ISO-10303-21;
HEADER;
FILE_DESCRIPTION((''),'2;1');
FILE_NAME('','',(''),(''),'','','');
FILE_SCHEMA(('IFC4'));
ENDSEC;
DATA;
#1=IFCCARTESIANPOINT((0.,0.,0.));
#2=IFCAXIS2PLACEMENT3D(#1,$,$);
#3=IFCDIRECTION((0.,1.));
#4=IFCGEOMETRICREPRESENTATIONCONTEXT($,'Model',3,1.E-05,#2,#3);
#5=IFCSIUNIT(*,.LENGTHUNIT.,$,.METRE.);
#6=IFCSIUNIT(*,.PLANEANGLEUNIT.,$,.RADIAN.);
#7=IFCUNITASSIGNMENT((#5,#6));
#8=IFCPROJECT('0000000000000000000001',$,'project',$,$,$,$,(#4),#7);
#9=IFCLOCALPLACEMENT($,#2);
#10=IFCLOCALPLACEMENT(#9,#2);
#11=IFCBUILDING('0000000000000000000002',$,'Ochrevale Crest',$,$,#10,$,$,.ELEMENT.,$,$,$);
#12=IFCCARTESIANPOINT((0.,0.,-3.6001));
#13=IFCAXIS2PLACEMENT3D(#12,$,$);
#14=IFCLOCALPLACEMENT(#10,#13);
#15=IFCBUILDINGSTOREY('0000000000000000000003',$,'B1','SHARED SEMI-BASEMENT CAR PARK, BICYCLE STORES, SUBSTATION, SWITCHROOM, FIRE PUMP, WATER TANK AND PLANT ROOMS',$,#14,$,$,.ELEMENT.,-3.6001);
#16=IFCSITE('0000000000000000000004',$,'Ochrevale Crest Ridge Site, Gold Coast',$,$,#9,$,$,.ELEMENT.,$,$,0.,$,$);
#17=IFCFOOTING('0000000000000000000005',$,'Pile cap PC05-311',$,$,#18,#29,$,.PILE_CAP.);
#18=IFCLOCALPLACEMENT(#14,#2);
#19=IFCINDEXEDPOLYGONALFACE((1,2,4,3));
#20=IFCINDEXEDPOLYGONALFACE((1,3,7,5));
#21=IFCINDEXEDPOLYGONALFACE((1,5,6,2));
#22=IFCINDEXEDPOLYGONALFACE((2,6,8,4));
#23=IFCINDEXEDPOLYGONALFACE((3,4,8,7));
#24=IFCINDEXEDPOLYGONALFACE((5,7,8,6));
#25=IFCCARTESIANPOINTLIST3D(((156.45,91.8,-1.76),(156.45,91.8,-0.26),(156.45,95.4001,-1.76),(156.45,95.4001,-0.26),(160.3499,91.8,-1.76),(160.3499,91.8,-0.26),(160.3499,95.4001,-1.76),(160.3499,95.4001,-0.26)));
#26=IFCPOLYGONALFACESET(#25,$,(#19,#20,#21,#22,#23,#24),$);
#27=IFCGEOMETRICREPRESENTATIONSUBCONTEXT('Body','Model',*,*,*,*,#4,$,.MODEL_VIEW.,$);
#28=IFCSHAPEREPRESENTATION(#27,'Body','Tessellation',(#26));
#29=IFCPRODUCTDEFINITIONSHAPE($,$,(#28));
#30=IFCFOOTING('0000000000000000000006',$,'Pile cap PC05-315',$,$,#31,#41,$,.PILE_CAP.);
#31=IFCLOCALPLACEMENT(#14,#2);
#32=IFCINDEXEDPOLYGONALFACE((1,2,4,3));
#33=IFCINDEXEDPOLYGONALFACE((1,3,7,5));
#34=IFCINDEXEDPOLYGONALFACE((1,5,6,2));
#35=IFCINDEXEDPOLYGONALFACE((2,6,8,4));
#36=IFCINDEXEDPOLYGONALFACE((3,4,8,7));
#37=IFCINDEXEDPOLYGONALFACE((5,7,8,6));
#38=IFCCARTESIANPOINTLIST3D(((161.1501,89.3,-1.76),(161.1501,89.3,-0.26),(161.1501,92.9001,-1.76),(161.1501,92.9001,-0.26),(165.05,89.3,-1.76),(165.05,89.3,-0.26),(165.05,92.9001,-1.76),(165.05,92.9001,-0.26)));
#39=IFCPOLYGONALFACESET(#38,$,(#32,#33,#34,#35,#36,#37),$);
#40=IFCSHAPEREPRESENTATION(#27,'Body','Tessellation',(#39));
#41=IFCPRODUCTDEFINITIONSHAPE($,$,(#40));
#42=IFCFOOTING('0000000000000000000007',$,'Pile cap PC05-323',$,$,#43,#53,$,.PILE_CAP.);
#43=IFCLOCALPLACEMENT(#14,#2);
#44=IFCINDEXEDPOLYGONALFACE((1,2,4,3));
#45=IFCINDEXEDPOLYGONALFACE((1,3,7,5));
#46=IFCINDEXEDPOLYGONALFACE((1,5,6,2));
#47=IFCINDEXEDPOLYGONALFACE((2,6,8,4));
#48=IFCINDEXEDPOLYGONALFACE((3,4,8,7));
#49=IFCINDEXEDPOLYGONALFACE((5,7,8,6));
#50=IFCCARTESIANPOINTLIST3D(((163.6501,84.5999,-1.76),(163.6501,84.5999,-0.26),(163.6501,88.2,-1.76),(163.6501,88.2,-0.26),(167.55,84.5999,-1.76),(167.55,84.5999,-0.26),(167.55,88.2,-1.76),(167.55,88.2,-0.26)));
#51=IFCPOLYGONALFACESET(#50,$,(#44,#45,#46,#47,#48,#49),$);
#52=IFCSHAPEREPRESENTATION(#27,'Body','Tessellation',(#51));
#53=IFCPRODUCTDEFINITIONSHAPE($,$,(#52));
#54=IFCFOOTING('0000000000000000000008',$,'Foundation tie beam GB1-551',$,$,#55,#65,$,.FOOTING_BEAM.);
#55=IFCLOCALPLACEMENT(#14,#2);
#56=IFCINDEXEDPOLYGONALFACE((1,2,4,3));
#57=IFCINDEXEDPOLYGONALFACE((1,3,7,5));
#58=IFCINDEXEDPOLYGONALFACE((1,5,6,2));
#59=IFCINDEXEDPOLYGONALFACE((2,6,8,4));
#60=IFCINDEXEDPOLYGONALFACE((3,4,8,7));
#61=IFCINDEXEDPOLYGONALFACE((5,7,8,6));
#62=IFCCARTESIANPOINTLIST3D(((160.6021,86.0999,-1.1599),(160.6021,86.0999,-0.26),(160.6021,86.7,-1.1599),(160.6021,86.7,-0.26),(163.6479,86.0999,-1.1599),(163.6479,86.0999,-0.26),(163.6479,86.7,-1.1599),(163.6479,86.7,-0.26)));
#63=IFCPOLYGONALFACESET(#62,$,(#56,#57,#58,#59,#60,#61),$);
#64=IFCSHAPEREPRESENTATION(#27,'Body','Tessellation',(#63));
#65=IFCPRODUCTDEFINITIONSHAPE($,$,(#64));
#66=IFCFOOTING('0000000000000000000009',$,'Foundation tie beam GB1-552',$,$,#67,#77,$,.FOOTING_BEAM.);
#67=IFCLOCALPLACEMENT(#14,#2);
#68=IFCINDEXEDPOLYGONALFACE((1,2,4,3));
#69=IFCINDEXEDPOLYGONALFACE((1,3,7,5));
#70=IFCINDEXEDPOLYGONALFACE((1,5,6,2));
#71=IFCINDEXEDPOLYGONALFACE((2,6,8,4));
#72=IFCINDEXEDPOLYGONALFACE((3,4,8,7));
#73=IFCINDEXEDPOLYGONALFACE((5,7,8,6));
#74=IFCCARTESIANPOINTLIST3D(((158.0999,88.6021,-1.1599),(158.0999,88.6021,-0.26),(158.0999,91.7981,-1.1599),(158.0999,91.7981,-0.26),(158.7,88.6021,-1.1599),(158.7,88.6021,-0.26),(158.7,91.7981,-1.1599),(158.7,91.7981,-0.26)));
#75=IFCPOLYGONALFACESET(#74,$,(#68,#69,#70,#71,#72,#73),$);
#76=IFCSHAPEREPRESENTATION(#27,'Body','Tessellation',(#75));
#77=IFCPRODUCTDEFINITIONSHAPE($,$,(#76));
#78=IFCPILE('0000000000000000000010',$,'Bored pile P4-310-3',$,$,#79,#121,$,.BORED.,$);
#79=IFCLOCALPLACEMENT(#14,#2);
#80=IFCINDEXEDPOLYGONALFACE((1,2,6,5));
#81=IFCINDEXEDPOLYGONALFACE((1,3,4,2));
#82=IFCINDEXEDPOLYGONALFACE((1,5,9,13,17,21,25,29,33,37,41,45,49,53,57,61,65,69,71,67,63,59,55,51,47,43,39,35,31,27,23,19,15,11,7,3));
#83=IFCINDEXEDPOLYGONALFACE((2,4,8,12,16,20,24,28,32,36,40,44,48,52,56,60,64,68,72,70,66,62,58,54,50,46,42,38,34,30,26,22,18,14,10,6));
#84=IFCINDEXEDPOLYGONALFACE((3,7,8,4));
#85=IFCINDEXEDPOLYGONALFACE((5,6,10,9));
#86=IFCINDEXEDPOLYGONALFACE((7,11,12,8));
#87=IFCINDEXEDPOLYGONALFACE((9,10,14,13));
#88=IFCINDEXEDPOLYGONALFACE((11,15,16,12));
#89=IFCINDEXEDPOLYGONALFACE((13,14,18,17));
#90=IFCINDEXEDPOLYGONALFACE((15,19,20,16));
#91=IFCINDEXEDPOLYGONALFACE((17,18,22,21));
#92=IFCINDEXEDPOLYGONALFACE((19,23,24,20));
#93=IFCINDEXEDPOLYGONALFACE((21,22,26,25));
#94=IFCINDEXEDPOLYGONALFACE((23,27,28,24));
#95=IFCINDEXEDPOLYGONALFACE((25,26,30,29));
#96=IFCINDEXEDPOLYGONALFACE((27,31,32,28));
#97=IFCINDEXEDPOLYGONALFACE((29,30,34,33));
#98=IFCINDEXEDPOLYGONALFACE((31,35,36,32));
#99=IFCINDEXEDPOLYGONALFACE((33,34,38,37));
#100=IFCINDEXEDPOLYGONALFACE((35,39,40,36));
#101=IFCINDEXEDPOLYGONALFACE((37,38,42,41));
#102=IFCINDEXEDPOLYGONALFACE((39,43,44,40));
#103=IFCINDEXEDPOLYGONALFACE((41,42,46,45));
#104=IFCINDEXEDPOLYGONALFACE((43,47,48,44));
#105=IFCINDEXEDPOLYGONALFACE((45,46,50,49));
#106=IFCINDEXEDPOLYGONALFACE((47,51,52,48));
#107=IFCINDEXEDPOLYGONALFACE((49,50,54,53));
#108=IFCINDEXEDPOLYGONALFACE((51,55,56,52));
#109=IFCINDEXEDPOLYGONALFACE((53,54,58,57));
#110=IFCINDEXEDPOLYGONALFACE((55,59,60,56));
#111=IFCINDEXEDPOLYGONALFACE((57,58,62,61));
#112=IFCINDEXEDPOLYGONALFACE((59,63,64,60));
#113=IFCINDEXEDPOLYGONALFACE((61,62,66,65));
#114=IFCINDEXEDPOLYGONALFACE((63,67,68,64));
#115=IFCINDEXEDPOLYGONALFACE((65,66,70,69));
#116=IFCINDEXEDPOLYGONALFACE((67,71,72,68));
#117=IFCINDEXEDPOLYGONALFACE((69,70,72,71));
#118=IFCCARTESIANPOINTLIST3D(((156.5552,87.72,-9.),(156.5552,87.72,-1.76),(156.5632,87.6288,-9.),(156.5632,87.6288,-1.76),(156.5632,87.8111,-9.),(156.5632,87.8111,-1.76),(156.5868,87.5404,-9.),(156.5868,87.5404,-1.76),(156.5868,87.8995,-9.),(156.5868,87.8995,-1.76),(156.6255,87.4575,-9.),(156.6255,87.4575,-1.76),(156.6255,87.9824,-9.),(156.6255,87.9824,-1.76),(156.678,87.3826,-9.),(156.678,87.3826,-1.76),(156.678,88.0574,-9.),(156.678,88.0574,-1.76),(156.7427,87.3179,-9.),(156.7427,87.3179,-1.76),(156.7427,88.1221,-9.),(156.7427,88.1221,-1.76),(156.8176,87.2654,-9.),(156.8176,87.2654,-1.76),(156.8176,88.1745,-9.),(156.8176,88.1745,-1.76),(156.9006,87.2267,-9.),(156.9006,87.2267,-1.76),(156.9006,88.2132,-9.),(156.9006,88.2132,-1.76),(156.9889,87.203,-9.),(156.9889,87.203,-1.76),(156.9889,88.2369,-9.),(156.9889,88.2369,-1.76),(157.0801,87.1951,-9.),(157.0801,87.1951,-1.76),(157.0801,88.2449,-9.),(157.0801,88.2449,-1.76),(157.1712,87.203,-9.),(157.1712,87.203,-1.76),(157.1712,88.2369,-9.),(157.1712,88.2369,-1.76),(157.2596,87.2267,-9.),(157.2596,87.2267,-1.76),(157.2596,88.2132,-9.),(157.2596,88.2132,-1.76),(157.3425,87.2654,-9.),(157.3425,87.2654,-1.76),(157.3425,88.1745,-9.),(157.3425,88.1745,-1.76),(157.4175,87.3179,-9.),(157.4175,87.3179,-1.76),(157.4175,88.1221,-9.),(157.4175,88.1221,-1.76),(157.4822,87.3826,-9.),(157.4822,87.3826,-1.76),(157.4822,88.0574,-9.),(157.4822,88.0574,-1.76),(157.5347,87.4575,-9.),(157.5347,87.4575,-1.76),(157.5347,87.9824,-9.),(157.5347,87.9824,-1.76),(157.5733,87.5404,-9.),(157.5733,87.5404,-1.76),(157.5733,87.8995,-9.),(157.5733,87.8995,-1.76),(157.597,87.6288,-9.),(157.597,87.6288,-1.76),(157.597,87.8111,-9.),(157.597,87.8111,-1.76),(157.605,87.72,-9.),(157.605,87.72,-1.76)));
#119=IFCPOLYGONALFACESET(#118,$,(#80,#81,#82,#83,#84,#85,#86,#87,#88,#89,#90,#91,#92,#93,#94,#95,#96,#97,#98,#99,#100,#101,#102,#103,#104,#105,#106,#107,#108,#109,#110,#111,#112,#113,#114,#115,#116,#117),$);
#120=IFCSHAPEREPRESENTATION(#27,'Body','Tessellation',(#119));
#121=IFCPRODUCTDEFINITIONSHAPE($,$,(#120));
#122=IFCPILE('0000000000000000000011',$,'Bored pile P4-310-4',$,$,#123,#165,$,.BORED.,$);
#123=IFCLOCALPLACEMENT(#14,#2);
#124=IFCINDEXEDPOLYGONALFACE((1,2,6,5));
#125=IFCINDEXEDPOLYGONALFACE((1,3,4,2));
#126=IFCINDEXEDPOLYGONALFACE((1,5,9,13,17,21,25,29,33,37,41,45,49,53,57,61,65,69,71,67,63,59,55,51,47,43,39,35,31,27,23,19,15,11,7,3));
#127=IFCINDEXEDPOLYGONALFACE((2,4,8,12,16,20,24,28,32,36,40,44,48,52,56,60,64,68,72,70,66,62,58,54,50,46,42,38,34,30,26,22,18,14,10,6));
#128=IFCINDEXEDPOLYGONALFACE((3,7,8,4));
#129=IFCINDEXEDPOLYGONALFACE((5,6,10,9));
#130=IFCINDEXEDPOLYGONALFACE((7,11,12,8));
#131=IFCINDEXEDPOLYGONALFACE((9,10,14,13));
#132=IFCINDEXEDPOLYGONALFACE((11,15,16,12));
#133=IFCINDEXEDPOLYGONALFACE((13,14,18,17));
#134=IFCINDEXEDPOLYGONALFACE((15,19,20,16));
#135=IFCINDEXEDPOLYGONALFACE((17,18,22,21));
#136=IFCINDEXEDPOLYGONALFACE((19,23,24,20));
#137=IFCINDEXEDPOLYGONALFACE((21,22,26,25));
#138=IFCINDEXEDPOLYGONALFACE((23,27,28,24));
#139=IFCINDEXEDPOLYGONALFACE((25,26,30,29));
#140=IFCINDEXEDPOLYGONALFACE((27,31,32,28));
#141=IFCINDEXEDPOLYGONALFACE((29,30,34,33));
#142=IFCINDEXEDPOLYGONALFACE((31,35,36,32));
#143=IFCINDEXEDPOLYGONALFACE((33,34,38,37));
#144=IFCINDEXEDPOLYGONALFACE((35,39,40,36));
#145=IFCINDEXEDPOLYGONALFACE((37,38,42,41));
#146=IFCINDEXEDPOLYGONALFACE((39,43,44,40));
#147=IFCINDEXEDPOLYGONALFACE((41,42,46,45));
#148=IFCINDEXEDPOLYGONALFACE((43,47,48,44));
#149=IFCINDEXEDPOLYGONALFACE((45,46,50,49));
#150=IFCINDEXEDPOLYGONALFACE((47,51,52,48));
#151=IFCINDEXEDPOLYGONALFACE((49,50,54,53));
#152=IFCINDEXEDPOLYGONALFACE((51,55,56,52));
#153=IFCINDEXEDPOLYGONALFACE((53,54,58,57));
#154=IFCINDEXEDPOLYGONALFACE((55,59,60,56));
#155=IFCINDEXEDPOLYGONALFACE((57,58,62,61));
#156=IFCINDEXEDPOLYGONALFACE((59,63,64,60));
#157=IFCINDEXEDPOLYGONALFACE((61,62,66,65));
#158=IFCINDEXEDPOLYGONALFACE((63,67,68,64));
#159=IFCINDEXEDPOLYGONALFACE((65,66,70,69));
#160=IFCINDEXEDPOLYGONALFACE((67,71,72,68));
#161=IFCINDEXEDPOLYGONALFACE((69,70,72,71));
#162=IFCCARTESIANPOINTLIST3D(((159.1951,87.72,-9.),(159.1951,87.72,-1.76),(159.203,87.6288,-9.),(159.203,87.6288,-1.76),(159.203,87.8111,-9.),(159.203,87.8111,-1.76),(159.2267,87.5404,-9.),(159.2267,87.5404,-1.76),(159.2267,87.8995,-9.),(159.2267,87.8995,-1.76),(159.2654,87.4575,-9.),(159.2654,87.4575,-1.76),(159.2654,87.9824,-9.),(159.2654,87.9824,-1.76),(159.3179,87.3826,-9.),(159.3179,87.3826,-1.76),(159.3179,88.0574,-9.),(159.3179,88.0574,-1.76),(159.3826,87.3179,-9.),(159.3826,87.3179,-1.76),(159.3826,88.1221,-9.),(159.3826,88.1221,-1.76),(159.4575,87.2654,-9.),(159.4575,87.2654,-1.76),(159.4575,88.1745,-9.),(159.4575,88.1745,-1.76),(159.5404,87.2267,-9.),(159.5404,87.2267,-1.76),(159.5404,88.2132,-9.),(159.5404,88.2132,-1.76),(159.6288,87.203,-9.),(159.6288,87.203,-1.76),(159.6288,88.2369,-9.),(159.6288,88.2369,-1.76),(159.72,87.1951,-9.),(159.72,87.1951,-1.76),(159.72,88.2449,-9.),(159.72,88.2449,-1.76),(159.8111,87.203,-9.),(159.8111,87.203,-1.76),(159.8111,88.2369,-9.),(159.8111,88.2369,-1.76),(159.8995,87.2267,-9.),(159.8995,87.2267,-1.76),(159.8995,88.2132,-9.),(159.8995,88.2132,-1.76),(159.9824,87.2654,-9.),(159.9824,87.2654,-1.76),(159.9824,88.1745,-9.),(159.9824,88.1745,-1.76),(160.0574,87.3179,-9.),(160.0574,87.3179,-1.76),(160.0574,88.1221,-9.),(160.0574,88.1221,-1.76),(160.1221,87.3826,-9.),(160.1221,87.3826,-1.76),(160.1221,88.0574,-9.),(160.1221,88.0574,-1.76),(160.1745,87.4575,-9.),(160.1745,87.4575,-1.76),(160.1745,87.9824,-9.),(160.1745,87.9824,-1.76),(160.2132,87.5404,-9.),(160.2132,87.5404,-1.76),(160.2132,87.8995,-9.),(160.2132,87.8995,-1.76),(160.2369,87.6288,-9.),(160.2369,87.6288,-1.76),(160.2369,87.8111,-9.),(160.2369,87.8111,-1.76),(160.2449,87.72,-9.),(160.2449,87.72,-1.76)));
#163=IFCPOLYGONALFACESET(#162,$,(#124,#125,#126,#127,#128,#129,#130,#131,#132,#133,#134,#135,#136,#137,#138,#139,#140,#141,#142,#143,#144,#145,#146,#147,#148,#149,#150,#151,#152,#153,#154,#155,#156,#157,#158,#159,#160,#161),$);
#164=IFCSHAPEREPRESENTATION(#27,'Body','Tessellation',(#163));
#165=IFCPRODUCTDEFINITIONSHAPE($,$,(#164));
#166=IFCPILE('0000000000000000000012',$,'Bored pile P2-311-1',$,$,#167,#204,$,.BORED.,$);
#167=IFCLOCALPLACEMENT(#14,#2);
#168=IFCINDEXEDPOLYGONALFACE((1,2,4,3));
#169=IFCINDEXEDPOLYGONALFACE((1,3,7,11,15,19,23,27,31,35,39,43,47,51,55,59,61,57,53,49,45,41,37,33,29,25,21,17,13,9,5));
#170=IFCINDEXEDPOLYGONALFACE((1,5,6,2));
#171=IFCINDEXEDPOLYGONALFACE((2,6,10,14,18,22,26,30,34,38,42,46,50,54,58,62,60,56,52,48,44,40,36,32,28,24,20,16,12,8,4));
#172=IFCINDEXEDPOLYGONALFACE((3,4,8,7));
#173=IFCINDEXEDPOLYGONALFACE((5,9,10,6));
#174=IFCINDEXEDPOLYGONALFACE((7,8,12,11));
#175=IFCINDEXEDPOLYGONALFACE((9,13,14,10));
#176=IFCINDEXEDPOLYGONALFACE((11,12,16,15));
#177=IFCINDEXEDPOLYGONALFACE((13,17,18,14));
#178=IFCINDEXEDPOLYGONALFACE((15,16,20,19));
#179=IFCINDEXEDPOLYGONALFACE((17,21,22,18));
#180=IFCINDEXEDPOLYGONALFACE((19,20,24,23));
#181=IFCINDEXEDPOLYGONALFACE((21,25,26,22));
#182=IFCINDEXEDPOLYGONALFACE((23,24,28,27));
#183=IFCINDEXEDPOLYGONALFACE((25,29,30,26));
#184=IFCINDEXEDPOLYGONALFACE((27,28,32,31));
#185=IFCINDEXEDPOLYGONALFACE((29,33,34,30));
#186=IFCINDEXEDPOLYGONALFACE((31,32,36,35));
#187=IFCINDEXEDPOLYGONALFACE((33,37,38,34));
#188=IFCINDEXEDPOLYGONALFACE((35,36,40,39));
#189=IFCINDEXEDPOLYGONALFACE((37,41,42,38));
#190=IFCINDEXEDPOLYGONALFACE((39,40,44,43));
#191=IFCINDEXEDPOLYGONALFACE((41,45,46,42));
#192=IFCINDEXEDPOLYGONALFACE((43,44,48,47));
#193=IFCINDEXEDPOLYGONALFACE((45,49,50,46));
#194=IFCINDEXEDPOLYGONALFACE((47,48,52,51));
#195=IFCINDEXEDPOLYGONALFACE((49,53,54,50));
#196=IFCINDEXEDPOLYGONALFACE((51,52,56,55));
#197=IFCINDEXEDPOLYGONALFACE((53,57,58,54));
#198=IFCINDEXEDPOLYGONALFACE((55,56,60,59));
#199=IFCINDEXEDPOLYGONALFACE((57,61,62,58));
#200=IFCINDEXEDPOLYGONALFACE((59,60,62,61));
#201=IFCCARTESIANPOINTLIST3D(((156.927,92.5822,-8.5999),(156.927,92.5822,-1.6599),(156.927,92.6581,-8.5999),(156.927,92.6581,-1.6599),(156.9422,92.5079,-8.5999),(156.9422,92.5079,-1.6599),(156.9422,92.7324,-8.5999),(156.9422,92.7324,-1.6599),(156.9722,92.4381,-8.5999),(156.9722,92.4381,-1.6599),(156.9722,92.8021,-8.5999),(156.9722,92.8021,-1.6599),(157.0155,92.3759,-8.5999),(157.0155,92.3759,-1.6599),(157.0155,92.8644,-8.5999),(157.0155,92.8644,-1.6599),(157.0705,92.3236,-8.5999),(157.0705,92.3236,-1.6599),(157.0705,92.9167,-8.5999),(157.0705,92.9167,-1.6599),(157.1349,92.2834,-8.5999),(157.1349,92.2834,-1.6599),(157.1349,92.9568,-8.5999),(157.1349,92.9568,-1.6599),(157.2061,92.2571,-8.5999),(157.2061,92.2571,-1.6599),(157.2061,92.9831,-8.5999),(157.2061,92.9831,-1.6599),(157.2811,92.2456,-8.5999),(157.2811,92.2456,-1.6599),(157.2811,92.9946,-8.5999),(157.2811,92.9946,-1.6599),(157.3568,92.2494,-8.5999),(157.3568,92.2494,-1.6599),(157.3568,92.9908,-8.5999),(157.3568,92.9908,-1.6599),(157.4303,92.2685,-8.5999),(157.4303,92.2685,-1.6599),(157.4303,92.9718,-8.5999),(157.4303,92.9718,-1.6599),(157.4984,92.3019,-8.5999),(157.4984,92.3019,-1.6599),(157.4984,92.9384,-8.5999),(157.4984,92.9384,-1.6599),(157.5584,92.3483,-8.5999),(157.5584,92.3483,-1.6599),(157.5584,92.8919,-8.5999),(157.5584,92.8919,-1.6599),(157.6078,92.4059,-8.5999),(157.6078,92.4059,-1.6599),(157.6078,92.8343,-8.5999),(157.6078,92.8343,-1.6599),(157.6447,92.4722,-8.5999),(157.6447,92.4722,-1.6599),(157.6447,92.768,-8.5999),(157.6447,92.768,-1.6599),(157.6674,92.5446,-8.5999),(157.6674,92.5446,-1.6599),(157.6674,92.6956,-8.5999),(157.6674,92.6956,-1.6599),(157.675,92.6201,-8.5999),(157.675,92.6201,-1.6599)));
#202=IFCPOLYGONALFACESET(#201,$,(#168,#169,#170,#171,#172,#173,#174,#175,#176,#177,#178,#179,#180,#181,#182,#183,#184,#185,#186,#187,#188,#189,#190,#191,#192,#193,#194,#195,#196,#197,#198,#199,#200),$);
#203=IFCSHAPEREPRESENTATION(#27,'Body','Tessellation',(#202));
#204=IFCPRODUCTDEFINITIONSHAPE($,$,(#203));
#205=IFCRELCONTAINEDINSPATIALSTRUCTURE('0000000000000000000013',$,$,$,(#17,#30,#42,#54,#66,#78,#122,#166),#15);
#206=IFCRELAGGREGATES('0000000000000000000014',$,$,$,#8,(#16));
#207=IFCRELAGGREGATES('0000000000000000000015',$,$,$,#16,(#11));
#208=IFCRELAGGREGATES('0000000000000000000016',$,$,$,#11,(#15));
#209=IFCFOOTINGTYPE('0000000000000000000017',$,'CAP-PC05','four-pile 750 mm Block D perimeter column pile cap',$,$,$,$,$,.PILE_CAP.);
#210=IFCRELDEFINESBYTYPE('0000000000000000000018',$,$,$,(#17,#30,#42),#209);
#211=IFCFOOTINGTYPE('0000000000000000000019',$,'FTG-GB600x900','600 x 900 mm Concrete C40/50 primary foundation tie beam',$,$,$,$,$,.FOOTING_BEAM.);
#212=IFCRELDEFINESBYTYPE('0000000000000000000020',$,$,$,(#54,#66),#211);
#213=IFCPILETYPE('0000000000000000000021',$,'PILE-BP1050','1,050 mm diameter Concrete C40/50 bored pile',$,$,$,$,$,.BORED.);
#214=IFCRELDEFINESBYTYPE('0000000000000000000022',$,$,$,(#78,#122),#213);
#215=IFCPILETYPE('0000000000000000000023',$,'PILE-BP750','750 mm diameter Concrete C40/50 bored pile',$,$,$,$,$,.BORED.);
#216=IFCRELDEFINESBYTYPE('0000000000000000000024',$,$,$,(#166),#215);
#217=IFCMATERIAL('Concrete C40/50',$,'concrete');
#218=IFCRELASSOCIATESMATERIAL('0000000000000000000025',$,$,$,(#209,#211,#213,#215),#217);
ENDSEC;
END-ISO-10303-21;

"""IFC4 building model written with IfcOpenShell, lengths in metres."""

from ifc_helpers import new_model, si_unit, direction, frame, origin, origin_2d, place, context, subcontext, project, spatial, rectangle, circle, extrude, material, material_profile, profile_set, type_object, element, save


model = new_model("IFC4")

# Units and contexts
model_context = context("Model", 3, precision=1e-05, world=origin(), true_north=direction((0.0, 1.0)))
body_context = subcontext(model_context, "Body", "Model", "MODEL_VIEW")
ifc_project = project(units=[si_unit("LENGTHUNIT", "METRE"), si_unit("PLANEANGLEUNIT", "RADIAN")], contexts=[model_context])

# Site, building, storey
site_placement = place(None, origin())
site = spatial("IfcSite", under=ifc_project, at=site_placement, Name="Ochrevale Crest Ridge Site, Gold Coast", CompositionType="ELEMENT", RefElevation=0.0)
building_placement = place(site_placement, origin())
building = spatial("IfcBuilding", under=site, at=building_placement, Name="Ochrevale Crest", CompositionType="ELEMENT")
storey_placement = place(building_placement, frame((0.0, 0.0, -3.6001)))
storey = spatial("IfcBuildingStorey", under=building, at=storey_placement, Name="B1", Description="SHARED SEMI-BASEMENT CAR PARK, BICYCLE STORES, SUBSTATION, SWITCHROOM, FIRE PUMP, WATER TANK AND PLANT ROOMS", CompositionType="ELEMENT", Elevation=-3.6001)

# Footings
ifc_material_1 = material(Name="Concrete C40/50", Category="concrete")
footing_type_1 = type_object("IfcFootingType", Name="CAP-PC05", Description="four-pile 750 mm Block D perimeter column pile cap", PredefinedType="PILE_CAP", material=ifc_material_1)
for number, where, z_axis, x_axis, name in (
    (1, (158.3999, 93.6001, -1.76), (0.0, 0.0, 1.0), (1.0, 0.0, 0.0), "Pile cap PC05-311"),
    (2, (163.1001, 91.1001, -1.76), (0.0, 0.0, 1.0), (1.0, 0.0, 0.0), "Pile cap PC05-315"),
    (3, (165.6001, 86.3999, -1.76), (0.0, 0.0, 1.0), (1.0, 0.0, 0.0), "Pile cap PC05-323"),
):
    element("IfcFooting", number, at=place(storey_placement, frame(where, z_axis=z_axis, x_axis=x_axis)), inside=storey, type_object=footing_type_1, Name=name, PredefinedType="PILE_CAP", context=body_context, shape_type="SweptSolid", body=[
        extrude(rectangle(XDim=3.8999, YDim=3.6001, at=origin_2d()), origin(), (0.0, 0.0, 1.0), 1.5),
    ])
ifc_material_profile_1 = material_profile(ifc_material_1, rectangle(XDim=0.6001, YDim=0.8999, at=origin_2d()), Name="GB 600x900")
ifc_profile_set_1 = profile_set([ifc_material_profile_1], Name="Concrete C40/50")
footing_type_2 = type_object("IfcFootingType", Name="FTG-GB600x900", Description="600 x 900 mm Concrete C40/50 primary foundation tie beam", PredefinedType="FOOTING_BEAM", material=ifc_profile_set_1)
footing_1_placement = place(storey_placement, frame((160.6021, 86.3999, -0.71), z_axis=(1.0, 0.0, 0.0), x_axis=(0.0, 1.0, 0.0)))
element("IfcFooting", 4, at=footing_1_placement, inside=storey, type_object=footing_type_2, Name="Foundation tie beam GB1-551", PredefinedType="FOOTING_BEAM", context=body_context, shape_type="SweptSolid", body=[
    extrude(rectangle(XDim=0.6001, YDim=0.8999, at=origin_2d()), origin(), (0.0, 0.0, 1.0), 3.0459),
])
footing_2_placement = place(storey_placement, frame((158.3999, 88.6021, -0.71), z_axis=(0.0, 1.0, 0.0), x_axis=(-1.0, 0.0, 0.0)))
element("IfcFooting", 5, at=footing_2_placement, inside=storey, type_object=footing_type_2, Name="Foundation tie beam GB1-552", PredefinedType="FOOTING_BEAM", context=body_context, shape_type="SweptSolid", body=[
    extrude(rectangle(XDim=0.6001, YDim=0.8999, at=origin_2d()), origin(), (0.0, 0.0, 1.0), 3.196),
])

# Piles
ifc_material_profile_2 = material_profile(ifc_material_1, circle(Radius=0.5249, at=origin_2d()), Name="BORED PILE 1050")
ifc_profile_set_2 = profile_set([ifc_material_profile_2], Name="Concrete C40/50")
pile_type_1 = type_object("IfcPileType", Name="PILE-BP1050", Description="1,050 mm diameter Concrete C40/50 bored pile", PredefinedType="BORED", material=ifc_profile_set_2)
for number, where, z_axis, x_axis, name in (
    (6, (157.0801, 87.72, -1.76), (0.0, 0.0, -1.0), (1.0, 0.0, 0.0), "Bored pile P4-310-3"),
    (7, (159.72, 87.72, -1.76), (0.0, 0.0, -1.0), (1.0, 0.0, 0.0), "Bored pile P4-310-4"),
):
    element("IfcPile", number, at=place(storey_placement, frame(where, z_axis=z_axis, x_axis=x_axis)), inside=storey, type_object=pile_type_1, Name=name, PredefinedType="BORED", context=body_context, shape_type="SweptSolid", body=[
        extrude(circle(Radius=0.5249, at=origin_2d()), origin(), (0.0, 0.0, 1.0), 7.24),
    ])
ifc_material_profile_3 = material_profile(ifc_material_1, circle(Radius=0.375, at=origin_2d()), Name="BORED PILE 750")
ifc_profile_set_3 = profile_set([ifc_material_profile_3], Name="Concrete C40/50")
pile_type_2 = type_object("IfcPileType", Name="PILE-BP750", Description="750 mm diameter Concrete C40/50 bored pile", PredefinedType="BORED", material=ifc_profile_set_3)
for number, where, z_axis, x_axis, name in (
    (8, (157.3, 92.6201, -1.6599), (0.0, 0.0, -1.0), (1.0, 0.0, 0.0), "Bored pile P2-311-1"),
):
    element("IfcPile", number, at=place(storey_placement, frame(where, z_axis=z_axis, x_axis=x_axis)), inside=storey, type_object=pile_type_2, Name=name, PredefinedType="BORED", context=body_context, shape_type="SweptSolid", body=[
        extrude(circle(Radius=0.375, at=origin_2d()), origin(), (0.0, 0.0, 1.0), 6.9399),
    ])

save(model, "model.ifc")
